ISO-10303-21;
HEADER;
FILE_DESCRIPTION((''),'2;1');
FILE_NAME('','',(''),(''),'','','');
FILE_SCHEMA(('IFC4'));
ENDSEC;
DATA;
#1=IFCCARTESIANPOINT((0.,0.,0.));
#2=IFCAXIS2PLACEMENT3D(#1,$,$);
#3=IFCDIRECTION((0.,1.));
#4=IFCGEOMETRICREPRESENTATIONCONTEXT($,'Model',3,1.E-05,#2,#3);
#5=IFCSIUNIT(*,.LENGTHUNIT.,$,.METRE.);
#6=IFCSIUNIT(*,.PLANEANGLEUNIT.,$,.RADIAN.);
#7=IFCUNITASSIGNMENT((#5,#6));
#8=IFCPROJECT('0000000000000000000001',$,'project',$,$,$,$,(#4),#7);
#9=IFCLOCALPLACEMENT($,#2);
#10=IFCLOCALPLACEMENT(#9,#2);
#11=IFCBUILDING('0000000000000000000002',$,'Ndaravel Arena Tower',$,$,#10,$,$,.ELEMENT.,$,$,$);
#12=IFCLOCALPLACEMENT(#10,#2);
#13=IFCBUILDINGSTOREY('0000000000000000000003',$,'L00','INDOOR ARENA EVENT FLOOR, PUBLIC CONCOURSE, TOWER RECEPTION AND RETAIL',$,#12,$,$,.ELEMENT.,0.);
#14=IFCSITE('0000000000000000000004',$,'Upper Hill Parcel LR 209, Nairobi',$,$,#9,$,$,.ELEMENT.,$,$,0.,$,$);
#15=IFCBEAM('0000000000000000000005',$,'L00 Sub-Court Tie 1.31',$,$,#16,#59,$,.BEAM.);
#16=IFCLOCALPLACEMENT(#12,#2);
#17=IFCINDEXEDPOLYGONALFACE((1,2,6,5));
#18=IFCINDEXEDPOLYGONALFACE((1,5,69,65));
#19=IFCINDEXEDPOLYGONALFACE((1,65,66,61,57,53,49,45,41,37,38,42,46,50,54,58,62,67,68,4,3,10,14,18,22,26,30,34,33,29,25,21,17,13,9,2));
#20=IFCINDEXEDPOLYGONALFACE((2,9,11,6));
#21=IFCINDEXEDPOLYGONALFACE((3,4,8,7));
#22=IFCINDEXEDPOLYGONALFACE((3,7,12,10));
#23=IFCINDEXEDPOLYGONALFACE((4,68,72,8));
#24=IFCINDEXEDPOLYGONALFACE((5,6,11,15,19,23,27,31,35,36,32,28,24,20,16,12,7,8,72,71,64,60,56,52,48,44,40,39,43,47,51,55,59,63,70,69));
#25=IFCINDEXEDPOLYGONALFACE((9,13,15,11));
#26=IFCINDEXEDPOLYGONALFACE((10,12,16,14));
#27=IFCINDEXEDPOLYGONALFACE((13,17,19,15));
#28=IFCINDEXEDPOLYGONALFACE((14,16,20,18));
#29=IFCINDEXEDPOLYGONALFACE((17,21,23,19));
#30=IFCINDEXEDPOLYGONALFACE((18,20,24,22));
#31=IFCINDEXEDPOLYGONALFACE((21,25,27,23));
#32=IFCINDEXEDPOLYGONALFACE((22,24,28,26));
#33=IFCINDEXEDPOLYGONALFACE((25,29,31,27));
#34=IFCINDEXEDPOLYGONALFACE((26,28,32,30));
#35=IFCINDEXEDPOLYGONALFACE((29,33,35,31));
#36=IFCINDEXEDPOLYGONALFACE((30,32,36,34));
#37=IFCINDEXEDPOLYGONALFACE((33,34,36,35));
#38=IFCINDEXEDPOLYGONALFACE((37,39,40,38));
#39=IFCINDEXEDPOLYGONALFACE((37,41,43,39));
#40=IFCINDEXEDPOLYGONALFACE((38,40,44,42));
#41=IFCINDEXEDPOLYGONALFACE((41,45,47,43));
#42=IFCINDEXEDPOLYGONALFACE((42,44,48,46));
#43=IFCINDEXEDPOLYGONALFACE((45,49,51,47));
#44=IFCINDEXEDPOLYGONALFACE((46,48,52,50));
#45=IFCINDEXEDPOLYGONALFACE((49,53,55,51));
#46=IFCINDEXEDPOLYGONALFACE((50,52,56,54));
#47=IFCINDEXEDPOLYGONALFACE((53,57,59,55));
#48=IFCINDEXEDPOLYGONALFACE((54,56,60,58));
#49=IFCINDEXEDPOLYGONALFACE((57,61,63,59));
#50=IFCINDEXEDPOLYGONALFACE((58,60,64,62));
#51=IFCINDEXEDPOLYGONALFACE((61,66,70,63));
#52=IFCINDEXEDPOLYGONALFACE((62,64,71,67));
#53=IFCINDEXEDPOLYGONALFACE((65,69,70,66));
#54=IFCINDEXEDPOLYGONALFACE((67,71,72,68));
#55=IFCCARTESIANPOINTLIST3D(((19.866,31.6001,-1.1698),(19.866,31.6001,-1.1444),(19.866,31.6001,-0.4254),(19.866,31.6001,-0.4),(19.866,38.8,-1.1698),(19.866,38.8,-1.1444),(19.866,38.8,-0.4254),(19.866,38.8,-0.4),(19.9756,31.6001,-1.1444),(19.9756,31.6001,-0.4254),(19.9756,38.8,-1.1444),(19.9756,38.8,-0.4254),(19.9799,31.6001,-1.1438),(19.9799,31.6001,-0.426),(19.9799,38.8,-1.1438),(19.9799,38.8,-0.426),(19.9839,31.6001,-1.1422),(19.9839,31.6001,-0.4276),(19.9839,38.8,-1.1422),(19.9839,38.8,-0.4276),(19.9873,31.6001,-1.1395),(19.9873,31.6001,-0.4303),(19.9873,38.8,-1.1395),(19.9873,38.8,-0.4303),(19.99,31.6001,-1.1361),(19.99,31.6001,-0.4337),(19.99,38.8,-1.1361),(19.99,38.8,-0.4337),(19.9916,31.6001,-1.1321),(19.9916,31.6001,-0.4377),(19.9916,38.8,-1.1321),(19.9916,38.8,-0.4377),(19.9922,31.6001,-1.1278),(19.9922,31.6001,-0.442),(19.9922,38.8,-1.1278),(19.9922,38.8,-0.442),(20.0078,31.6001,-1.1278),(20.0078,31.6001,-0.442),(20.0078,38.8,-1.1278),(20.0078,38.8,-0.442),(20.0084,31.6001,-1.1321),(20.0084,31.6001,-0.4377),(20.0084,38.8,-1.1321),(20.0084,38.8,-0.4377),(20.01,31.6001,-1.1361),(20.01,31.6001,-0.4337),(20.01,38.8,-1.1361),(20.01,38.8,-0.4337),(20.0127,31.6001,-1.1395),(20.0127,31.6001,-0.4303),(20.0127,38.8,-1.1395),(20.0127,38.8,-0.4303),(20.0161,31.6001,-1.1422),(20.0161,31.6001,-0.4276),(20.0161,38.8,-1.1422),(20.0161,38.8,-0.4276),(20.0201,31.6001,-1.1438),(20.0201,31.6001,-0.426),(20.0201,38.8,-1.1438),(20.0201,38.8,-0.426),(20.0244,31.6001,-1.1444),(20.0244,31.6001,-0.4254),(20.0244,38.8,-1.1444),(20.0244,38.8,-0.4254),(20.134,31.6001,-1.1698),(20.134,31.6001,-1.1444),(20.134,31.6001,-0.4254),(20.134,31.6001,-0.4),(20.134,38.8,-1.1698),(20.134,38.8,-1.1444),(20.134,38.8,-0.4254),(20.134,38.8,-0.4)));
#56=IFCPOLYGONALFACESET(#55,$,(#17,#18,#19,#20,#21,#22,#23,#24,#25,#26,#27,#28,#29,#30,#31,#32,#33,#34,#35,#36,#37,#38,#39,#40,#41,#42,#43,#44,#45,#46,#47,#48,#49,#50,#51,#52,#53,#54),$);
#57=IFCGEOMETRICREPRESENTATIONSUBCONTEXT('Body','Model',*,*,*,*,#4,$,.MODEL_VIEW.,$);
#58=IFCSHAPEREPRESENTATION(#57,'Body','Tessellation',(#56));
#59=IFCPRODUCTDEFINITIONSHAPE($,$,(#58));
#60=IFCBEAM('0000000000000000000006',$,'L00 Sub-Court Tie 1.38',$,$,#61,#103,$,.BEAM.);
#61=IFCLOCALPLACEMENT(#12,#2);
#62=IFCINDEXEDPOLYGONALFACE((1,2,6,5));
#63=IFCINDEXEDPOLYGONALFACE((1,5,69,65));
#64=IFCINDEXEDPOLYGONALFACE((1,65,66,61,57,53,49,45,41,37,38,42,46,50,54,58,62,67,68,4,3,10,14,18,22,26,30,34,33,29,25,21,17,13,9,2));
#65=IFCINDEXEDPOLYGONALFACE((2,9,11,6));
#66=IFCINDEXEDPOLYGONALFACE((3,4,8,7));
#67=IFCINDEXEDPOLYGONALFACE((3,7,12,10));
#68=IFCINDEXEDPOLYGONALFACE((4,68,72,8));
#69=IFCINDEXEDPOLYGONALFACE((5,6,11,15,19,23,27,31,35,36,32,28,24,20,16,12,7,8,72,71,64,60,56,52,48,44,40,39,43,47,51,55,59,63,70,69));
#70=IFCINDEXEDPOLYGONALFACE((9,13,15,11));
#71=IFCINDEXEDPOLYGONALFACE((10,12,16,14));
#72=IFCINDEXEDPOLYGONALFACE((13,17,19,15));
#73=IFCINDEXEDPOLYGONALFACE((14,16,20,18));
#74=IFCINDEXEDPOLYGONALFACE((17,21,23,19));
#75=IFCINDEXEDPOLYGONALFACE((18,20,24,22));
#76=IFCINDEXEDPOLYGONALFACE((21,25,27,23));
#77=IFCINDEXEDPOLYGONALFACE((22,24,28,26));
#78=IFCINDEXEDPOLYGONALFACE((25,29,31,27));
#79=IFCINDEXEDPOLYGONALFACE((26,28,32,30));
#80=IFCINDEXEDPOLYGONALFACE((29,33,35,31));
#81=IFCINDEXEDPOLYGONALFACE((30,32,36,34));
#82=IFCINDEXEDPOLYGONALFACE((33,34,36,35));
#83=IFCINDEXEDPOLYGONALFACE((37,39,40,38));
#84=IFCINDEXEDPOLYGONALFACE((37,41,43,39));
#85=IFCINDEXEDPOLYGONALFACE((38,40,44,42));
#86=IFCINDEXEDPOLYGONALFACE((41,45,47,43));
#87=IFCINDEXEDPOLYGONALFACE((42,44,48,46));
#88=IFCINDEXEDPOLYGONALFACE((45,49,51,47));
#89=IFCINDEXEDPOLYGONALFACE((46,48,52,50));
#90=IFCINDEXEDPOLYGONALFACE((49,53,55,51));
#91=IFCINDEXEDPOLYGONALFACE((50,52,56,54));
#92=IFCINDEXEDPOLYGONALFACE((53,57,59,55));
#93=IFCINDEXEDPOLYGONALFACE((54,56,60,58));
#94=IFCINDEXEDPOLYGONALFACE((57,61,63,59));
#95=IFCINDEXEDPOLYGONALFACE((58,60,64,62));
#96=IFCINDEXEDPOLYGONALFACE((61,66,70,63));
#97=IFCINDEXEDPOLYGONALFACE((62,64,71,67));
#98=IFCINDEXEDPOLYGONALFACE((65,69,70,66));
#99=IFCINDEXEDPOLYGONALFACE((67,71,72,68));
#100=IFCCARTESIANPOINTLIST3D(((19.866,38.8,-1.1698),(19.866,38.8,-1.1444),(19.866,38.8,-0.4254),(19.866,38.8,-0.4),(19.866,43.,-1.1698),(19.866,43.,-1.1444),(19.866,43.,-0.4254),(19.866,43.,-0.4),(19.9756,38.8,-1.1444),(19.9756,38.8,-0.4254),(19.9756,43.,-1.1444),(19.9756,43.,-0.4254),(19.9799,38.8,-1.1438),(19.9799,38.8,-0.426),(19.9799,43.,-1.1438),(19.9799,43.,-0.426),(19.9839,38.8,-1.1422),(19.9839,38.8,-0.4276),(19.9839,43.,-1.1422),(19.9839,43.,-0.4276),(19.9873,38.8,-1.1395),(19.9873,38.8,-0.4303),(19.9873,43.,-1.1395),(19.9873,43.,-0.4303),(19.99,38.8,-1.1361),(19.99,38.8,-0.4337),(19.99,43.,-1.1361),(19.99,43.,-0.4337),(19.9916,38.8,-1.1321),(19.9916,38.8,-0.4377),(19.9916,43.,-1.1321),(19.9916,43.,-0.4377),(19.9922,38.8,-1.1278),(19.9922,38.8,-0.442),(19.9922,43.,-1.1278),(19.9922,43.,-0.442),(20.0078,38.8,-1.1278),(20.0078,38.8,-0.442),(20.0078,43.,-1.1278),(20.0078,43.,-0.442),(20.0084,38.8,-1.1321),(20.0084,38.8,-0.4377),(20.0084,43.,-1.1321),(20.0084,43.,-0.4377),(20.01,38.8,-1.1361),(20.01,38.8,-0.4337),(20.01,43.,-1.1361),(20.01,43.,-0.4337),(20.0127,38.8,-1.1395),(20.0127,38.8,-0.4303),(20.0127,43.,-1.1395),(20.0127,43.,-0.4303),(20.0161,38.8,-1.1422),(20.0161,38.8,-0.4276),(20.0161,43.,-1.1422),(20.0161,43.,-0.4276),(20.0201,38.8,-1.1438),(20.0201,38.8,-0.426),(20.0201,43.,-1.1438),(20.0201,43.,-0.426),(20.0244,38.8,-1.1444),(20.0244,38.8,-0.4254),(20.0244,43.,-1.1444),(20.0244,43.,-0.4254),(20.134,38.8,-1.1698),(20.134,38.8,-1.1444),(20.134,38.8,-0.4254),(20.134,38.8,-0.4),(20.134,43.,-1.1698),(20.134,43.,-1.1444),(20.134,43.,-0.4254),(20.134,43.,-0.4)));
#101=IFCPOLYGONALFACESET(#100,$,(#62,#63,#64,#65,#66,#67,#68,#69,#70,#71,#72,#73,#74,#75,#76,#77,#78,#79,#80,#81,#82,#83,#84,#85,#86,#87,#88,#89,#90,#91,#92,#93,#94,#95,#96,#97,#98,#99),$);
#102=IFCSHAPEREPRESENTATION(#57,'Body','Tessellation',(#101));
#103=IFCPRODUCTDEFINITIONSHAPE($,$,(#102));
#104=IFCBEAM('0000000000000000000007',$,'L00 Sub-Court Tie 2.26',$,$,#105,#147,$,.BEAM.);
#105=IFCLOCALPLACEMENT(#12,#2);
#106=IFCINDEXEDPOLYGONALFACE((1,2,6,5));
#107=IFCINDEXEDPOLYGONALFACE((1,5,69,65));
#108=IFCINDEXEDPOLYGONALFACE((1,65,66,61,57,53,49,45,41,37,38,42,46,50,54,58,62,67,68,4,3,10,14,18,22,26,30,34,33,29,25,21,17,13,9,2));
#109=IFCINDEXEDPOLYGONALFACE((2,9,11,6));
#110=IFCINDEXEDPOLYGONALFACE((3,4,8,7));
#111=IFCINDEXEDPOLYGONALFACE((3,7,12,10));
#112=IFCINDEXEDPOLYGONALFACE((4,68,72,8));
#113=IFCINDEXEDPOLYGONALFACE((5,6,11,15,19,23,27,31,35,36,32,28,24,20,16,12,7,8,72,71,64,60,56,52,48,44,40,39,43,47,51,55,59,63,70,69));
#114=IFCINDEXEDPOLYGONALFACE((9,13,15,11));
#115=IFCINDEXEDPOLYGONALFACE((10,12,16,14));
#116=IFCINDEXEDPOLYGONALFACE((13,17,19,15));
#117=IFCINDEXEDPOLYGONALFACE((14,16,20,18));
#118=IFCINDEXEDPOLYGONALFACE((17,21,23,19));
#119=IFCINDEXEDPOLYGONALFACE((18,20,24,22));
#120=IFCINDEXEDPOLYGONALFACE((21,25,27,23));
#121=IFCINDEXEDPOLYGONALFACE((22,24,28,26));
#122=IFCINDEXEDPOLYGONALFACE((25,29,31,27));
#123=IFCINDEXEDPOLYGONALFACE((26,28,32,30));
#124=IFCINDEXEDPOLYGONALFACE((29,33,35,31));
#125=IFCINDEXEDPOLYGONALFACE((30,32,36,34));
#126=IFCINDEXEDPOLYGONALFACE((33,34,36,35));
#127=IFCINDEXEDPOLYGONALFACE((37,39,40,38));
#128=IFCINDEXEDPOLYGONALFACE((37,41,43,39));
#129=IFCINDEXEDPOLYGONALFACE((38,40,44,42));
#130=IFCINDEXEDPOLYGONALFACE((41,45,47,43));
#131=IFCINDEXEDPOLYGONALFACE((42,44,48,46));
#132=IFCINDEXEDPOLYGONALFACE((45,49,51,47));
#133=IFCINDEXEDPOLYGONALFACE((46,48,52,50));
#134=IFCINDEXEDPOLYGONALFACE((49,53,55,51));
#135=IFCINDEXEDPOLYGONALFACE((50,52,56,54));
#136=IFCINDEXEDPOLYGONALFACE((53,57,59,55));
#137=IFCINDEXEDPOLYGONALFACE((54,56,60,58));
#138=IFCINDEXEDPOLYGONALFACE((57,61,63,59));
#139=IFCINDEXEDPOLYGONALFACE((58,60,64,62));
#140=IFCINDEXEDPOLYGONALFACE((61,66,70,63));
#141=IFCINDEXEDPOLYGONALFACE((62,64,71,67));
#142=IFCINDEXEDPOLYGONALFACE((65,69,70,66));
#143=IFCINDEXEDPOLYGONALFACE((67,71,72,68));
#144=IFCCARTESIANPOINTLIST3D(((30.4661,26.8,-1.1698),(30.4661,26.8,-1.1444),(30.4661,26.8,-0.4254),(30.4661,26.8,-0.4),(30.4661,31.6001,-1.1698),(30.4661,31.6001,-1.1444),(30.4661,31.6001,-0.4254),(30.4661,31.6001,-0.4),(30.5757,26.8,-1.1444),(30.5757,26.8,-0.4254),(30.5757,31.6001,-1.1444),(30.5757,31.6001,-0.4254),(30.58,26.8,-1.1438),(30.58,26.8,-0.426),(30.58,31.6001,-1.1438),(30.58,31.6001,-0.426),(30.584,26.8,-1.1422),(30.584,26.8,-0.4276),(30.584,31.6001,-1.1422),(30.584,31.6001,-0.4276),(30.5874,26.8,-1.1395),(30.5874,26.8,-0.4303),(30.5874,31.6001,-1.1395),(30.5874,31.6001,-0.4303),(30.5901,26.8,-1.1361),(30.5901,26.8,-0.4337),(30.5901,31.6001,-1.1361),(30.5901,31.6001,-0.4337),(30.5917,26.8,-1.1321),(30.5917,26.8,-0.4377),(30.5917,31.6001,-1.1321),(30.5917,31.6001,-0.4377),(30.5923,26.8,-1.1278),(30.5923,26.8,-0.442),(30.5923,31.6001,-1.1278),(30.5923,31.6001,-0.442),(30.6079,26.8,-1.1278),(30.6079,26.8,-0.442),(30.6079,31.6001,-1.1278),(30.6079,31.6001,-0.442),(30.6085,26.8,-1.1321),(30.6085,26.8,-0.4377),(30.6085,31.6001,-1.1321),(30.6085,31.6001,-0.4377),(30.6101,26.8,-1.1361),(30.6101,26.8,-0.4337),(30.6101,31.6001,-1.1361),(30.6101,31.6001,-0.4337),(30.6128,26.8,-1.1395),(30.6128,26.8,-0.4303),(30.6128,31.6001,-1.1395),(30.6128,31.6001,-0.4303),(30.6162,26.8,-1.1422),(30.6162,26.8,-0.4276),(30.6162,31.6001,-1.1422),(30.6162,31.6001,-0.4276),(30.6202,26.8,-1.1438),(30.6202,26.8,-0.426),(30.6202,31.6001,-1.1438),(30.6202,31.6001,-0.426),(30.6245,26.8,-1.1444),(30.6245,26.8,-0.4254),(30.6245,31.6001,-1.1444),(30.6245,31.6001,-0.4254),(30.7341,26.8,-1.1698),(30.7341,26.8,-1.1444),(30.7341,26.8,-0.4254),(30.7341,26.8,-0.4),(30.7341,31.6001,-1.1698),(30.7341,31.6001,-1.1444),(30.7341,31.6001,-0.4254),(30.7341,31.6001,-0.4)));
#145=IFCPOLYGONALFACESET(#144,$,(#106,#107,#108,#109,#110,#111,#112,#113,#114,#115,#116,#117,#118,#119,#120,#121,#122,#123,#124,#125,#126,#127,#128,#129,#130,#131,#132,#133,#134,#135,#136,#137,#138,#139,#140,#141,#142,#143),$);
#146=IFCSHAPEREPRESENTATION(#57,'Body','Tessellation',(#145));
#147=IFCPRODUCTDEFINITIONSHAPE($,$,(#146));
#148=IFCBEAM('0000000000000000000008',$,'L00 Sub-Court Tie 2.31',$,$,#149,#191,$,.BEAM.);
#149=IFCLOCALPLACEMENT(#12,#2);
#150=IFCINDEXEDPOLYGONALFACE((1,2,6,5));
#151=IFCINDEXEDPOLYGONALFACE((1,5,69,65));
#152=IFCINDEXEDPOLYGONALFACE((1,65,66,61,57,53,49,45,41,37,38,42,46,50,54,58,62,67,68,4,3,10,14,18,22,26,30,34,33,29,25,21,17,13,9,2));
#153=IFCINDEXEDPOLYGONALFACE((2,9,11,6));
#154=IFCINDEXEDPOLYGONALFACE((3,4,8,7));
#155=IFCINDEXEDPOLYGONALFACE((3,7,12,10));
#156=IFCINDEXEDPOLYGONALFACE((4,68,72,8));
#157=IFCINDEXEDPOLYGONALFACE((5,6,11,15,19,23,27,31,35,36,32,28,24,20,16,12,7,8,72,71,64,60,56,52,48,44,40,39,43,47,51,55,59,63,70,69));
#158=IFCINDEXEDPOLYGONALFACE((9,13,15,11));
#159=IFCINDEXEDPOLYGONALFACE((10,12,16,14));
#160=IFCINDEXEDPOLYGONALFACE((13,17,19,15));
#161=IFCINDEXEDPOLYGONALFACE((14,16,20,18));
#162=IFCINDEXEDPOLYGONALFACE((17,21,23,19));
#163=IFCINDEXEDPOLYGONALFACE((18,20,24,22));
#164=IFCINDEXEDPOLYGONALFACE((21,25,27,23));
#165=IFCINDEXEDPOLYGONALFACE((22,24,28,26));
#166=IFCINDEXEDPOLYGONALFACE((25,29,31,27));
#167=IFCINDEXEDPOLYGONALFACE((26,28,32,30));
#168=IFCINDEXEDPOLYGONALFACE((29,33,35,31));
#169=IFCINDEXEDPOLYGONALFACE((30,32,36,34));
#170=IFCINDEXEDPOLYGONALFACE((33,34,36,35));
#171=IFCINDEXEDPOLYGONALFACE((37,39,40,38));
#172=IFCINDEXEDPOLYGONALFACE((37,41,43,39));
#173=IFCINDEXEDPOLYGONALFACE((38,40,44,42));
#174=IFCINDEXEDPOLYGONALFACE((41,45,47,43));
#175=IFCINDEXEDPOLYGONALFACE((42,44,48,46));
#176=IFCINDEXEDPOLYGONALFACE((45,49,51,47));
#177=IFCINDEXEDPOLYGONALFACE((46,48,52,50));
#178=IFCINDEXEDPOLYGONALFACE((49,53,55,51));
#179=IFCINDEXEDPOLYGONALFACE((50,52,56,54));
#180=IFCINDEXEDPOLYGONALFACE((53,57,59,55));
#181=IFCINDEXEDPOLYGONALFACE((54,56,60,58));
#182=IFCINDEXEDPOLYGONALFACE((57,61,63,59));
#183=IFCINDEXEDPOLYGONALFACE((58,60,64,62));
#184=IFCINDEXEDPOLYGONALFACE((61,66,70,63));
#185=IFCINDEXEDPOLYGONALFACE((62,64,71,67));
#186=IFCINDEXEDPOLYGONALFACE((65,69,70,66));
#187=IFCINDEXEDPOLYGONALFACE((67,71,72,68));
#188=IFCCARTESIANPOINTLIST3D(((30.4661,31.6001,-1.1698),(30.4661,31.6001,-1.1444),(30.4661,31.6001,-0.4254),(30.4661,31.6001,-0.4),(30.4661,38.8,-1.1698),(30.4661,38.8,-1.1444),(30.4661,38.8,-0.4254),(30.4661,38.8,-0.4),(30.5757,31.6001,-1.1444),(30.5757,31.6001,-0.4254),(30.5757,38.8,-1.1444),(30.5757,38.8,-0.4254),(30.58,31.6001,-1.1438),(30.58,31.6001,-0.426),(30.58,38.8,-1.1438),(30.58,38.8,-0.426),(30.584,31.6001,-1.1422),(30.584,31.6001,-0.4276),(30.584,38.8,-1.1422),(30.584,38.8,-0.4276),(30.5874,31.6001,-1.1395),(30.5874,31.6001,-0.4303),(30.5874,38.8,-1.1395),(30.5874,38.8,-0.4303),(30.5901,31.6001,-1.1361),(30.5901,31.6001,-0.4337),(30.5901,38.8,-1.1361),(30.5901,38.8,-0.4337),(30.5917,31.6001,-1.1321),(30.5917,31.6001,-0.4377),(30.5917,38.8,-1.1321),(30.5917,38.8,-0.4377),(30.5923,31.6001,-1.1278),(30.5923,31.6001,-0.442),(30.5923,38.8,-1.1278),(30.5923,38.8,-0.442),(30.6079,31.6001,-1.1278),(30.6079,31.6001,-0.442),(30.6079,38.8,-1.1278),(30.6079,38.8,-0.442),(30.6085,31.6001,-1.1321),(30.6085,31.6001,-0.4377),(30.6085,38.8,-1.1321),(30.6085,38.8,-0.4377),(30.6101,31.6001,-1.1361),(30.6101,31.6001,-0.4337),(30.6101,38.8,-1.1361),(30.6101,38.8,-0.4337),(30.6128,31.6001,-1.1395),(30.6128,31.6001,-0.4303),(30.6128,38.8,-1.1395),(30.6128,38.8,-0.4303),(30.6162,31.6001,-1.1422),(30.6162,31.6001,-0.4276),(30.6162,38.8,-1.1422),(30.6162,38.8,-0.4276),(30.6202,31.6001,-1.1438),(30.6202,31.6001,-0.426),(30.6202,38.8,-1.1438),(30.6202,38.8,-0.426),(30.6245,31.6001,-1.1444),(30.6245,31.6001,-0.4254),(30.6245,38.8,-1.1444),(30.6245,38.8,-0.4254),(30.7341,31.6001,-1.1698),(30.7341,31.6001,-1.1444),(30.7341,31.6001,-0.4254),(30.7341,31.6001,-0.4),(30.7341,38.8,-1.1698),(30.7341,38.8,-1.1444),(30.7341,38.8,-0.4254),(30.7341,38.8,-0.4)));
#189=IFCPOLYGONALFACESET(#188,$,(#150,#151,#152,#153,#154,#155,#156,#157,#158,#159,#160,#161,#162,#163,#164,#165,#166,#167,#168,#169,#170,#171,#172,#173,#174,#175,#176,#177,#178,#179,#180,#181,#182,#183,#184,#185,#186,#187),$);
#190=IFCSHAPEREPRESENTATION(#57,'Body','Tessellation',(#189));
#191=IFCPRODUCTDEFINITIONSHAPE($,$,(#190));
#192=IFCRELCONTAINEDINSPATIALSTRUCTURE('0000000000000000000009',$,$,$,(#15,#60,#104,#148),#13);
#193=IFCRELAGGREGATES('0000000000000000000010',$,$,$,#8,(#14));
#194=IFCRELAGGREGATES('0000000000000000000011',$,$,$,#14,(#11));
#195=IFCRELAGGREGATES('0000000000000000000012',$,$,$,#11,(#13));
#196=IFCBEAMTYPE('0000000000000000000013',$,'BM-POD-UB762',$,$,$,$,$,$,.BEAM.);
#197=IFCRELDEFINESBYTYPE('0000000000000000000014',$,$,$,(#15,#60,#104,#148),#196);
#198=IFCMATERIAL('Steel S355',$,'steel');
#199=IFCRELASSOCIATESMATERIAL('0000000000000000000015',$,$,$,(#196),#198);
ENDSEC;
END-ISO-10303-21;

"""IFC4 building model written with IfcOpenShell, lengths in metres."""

from ifc_helpers import new_model, si_unit, direction, frame, origin, origin_2d, place, context, subcontext, project, spatial, i_section, extrude, material, material_profile, profile_set, type_object, element, save


model = new_model("IFC4")

# Units and contexts
model_context = context("Model", 3, precision=1e-05, world=origin(), true_north=direction((0.0, 1.0)))
body_context = subcontext(model_context, "Body", "Model", "MODEL_VIEW")
ifc_project = project(units=[si_unit("LENGTHUNIT", "METRE"), si_unit("PLANEANGLEUNIT", "RADIAN")], contexts=[model_context])

# Site, building, storey
site_placement = place(None, origin())
site = spatial("IfcSite", under=ifc_project, at=site_placement, Name="Upper Hill Parcel LR 209, Nairobi", CompositionType="ELEMENT", RefElevation=0.0)
building_placement = place(site_placement, origin())
building = spatial("IfcBuilding", under=site, at=building_placement, Name="Ndaravel Arena Tower", CompositionType="ELEMENT")
storey_placement = place(building_placement, origin())
storey = spatial("IfcBuildingStorey", under=building, at=storey_placement, Name="L00", Description="INDOOR ARENA EVENT FLOOR, PUBLIC CONCOURSE, TOWER RECEPTION AND RETAIL", CompositionType="ELEMENT", Elevation=0.0)

# Beams
ifc_material_1 = material(Name="Steel S355", Category="steel")
ifc_material_profile_1 = material_profile(ifc_material_1, i_section(OverallWidth=0.2681, OverallDepth=0.7698, WebThickness=0.0156, FlangeThickness=0.0254, FilletRadius=0.0166, at=origin_2d()), Name="UB 762x267x197")
ifc_profile_set_1 = profile_set([ifc_material_profile_1], Name="Steel S355")
beam_type_1 = type_object("IfcBeamType", Name="BM-POD-UB762", PredefinedType="BEAM", material=ifc_profile_set_1)
beam_1_placement = place(storey_placement, frame((20.0, 31.6001, -0.7849), z_axis=(0.0, 1.0, 0.0), x_axis=(-1.0, 0.0, 0.0)))
element("IfcBeam", 1, at=beam_1_placement, inside=storey, type_object=beam_type_1, Name="L00 Sub-Court Tie 1.31", PredefinedType="BEAM", context=body_context, shape_type="SweptSolid", body=[
    extrude(i_section(OverallWidth=0.2681, OverallDepth=0.7698, WebThickness=0.0156, FlangeThickness=0.0254, FilletRadius=0.0166, at=origin_2d()), origin(), (0.0, 0.0, 1.0), 7.2),
])
beam_2_placement = place(storey_placement, frame((20.0, 38.8, -0.7849), z_axis=(0.0, 1.0, 0.0), x_axis=(-1.0, 0.0, 0.0)))
element("IfcBeam", 2, at=beam_2_placement, inside=storey, type_object=beam_type_1, Name="L00 Sub-Court Tie 1.38", PredefinedType="BEAM", context=body_context, shape_type="SweptSolid", body=[
    extrude(i_section(OverallWidth=0.2681, OverallDepth=0.7698, WebThickness=0.0156, FlangeThickness=0.0254, FilletRadius=0.0166, at=origin_2d()), origin(), (0.0, 0.0, 1.0), 4.2),
])
beam_3_placement = place(storey_placement, frame((30.6001, 26.8, -0.7849), z_axis=(0.0, 1.0, 0.0), x_axis=(-1.0, 0.0, 0.0)))
element("IfcBeam", 3, at=beam_3_placement, inside=storey, type_object=beam_type_1, Name="L00 Sub-Court Tie 2.26", PredefinedType="BEAM", context=body_context, shape_type="SweptSolid", body=[
    extrude(i_section(OverallWidth=0.2681, OverallDepth=0.7698, WebThickness=0.0156, FlangeThickness=0.0254, FilletRadius=0.0166, at=origin_2d()), origin(), (0.0, 0.0, 1.0), 4.8),
])
beam_4_placement = place(storey_placement, frame((30.6001, 31.6001, -0.7849), z_axis=(0.0, 1.0, 0.0), x_axis=(-1.0, 0.0, 0.0)))
element("IfcBeam", 4, at=beam_4_placement, inside=storey, type_object=beam_type_1, Name="L00 Sub-Court Tie 2.31", PredefinedType="BEAM", context=body_context, shape_type="SweptSolid", body=[
    extrude(i_section(OverallWidth=0.2681, OverallDepth=0.7698, WebThickness=0.0156, FlangeThickness=0.0254, FilletRadius=0.0166, at=origin_2d()), origin(), (0.0, 0.0, 1.0), 7.2),
])

save(model, "model.ifc")
